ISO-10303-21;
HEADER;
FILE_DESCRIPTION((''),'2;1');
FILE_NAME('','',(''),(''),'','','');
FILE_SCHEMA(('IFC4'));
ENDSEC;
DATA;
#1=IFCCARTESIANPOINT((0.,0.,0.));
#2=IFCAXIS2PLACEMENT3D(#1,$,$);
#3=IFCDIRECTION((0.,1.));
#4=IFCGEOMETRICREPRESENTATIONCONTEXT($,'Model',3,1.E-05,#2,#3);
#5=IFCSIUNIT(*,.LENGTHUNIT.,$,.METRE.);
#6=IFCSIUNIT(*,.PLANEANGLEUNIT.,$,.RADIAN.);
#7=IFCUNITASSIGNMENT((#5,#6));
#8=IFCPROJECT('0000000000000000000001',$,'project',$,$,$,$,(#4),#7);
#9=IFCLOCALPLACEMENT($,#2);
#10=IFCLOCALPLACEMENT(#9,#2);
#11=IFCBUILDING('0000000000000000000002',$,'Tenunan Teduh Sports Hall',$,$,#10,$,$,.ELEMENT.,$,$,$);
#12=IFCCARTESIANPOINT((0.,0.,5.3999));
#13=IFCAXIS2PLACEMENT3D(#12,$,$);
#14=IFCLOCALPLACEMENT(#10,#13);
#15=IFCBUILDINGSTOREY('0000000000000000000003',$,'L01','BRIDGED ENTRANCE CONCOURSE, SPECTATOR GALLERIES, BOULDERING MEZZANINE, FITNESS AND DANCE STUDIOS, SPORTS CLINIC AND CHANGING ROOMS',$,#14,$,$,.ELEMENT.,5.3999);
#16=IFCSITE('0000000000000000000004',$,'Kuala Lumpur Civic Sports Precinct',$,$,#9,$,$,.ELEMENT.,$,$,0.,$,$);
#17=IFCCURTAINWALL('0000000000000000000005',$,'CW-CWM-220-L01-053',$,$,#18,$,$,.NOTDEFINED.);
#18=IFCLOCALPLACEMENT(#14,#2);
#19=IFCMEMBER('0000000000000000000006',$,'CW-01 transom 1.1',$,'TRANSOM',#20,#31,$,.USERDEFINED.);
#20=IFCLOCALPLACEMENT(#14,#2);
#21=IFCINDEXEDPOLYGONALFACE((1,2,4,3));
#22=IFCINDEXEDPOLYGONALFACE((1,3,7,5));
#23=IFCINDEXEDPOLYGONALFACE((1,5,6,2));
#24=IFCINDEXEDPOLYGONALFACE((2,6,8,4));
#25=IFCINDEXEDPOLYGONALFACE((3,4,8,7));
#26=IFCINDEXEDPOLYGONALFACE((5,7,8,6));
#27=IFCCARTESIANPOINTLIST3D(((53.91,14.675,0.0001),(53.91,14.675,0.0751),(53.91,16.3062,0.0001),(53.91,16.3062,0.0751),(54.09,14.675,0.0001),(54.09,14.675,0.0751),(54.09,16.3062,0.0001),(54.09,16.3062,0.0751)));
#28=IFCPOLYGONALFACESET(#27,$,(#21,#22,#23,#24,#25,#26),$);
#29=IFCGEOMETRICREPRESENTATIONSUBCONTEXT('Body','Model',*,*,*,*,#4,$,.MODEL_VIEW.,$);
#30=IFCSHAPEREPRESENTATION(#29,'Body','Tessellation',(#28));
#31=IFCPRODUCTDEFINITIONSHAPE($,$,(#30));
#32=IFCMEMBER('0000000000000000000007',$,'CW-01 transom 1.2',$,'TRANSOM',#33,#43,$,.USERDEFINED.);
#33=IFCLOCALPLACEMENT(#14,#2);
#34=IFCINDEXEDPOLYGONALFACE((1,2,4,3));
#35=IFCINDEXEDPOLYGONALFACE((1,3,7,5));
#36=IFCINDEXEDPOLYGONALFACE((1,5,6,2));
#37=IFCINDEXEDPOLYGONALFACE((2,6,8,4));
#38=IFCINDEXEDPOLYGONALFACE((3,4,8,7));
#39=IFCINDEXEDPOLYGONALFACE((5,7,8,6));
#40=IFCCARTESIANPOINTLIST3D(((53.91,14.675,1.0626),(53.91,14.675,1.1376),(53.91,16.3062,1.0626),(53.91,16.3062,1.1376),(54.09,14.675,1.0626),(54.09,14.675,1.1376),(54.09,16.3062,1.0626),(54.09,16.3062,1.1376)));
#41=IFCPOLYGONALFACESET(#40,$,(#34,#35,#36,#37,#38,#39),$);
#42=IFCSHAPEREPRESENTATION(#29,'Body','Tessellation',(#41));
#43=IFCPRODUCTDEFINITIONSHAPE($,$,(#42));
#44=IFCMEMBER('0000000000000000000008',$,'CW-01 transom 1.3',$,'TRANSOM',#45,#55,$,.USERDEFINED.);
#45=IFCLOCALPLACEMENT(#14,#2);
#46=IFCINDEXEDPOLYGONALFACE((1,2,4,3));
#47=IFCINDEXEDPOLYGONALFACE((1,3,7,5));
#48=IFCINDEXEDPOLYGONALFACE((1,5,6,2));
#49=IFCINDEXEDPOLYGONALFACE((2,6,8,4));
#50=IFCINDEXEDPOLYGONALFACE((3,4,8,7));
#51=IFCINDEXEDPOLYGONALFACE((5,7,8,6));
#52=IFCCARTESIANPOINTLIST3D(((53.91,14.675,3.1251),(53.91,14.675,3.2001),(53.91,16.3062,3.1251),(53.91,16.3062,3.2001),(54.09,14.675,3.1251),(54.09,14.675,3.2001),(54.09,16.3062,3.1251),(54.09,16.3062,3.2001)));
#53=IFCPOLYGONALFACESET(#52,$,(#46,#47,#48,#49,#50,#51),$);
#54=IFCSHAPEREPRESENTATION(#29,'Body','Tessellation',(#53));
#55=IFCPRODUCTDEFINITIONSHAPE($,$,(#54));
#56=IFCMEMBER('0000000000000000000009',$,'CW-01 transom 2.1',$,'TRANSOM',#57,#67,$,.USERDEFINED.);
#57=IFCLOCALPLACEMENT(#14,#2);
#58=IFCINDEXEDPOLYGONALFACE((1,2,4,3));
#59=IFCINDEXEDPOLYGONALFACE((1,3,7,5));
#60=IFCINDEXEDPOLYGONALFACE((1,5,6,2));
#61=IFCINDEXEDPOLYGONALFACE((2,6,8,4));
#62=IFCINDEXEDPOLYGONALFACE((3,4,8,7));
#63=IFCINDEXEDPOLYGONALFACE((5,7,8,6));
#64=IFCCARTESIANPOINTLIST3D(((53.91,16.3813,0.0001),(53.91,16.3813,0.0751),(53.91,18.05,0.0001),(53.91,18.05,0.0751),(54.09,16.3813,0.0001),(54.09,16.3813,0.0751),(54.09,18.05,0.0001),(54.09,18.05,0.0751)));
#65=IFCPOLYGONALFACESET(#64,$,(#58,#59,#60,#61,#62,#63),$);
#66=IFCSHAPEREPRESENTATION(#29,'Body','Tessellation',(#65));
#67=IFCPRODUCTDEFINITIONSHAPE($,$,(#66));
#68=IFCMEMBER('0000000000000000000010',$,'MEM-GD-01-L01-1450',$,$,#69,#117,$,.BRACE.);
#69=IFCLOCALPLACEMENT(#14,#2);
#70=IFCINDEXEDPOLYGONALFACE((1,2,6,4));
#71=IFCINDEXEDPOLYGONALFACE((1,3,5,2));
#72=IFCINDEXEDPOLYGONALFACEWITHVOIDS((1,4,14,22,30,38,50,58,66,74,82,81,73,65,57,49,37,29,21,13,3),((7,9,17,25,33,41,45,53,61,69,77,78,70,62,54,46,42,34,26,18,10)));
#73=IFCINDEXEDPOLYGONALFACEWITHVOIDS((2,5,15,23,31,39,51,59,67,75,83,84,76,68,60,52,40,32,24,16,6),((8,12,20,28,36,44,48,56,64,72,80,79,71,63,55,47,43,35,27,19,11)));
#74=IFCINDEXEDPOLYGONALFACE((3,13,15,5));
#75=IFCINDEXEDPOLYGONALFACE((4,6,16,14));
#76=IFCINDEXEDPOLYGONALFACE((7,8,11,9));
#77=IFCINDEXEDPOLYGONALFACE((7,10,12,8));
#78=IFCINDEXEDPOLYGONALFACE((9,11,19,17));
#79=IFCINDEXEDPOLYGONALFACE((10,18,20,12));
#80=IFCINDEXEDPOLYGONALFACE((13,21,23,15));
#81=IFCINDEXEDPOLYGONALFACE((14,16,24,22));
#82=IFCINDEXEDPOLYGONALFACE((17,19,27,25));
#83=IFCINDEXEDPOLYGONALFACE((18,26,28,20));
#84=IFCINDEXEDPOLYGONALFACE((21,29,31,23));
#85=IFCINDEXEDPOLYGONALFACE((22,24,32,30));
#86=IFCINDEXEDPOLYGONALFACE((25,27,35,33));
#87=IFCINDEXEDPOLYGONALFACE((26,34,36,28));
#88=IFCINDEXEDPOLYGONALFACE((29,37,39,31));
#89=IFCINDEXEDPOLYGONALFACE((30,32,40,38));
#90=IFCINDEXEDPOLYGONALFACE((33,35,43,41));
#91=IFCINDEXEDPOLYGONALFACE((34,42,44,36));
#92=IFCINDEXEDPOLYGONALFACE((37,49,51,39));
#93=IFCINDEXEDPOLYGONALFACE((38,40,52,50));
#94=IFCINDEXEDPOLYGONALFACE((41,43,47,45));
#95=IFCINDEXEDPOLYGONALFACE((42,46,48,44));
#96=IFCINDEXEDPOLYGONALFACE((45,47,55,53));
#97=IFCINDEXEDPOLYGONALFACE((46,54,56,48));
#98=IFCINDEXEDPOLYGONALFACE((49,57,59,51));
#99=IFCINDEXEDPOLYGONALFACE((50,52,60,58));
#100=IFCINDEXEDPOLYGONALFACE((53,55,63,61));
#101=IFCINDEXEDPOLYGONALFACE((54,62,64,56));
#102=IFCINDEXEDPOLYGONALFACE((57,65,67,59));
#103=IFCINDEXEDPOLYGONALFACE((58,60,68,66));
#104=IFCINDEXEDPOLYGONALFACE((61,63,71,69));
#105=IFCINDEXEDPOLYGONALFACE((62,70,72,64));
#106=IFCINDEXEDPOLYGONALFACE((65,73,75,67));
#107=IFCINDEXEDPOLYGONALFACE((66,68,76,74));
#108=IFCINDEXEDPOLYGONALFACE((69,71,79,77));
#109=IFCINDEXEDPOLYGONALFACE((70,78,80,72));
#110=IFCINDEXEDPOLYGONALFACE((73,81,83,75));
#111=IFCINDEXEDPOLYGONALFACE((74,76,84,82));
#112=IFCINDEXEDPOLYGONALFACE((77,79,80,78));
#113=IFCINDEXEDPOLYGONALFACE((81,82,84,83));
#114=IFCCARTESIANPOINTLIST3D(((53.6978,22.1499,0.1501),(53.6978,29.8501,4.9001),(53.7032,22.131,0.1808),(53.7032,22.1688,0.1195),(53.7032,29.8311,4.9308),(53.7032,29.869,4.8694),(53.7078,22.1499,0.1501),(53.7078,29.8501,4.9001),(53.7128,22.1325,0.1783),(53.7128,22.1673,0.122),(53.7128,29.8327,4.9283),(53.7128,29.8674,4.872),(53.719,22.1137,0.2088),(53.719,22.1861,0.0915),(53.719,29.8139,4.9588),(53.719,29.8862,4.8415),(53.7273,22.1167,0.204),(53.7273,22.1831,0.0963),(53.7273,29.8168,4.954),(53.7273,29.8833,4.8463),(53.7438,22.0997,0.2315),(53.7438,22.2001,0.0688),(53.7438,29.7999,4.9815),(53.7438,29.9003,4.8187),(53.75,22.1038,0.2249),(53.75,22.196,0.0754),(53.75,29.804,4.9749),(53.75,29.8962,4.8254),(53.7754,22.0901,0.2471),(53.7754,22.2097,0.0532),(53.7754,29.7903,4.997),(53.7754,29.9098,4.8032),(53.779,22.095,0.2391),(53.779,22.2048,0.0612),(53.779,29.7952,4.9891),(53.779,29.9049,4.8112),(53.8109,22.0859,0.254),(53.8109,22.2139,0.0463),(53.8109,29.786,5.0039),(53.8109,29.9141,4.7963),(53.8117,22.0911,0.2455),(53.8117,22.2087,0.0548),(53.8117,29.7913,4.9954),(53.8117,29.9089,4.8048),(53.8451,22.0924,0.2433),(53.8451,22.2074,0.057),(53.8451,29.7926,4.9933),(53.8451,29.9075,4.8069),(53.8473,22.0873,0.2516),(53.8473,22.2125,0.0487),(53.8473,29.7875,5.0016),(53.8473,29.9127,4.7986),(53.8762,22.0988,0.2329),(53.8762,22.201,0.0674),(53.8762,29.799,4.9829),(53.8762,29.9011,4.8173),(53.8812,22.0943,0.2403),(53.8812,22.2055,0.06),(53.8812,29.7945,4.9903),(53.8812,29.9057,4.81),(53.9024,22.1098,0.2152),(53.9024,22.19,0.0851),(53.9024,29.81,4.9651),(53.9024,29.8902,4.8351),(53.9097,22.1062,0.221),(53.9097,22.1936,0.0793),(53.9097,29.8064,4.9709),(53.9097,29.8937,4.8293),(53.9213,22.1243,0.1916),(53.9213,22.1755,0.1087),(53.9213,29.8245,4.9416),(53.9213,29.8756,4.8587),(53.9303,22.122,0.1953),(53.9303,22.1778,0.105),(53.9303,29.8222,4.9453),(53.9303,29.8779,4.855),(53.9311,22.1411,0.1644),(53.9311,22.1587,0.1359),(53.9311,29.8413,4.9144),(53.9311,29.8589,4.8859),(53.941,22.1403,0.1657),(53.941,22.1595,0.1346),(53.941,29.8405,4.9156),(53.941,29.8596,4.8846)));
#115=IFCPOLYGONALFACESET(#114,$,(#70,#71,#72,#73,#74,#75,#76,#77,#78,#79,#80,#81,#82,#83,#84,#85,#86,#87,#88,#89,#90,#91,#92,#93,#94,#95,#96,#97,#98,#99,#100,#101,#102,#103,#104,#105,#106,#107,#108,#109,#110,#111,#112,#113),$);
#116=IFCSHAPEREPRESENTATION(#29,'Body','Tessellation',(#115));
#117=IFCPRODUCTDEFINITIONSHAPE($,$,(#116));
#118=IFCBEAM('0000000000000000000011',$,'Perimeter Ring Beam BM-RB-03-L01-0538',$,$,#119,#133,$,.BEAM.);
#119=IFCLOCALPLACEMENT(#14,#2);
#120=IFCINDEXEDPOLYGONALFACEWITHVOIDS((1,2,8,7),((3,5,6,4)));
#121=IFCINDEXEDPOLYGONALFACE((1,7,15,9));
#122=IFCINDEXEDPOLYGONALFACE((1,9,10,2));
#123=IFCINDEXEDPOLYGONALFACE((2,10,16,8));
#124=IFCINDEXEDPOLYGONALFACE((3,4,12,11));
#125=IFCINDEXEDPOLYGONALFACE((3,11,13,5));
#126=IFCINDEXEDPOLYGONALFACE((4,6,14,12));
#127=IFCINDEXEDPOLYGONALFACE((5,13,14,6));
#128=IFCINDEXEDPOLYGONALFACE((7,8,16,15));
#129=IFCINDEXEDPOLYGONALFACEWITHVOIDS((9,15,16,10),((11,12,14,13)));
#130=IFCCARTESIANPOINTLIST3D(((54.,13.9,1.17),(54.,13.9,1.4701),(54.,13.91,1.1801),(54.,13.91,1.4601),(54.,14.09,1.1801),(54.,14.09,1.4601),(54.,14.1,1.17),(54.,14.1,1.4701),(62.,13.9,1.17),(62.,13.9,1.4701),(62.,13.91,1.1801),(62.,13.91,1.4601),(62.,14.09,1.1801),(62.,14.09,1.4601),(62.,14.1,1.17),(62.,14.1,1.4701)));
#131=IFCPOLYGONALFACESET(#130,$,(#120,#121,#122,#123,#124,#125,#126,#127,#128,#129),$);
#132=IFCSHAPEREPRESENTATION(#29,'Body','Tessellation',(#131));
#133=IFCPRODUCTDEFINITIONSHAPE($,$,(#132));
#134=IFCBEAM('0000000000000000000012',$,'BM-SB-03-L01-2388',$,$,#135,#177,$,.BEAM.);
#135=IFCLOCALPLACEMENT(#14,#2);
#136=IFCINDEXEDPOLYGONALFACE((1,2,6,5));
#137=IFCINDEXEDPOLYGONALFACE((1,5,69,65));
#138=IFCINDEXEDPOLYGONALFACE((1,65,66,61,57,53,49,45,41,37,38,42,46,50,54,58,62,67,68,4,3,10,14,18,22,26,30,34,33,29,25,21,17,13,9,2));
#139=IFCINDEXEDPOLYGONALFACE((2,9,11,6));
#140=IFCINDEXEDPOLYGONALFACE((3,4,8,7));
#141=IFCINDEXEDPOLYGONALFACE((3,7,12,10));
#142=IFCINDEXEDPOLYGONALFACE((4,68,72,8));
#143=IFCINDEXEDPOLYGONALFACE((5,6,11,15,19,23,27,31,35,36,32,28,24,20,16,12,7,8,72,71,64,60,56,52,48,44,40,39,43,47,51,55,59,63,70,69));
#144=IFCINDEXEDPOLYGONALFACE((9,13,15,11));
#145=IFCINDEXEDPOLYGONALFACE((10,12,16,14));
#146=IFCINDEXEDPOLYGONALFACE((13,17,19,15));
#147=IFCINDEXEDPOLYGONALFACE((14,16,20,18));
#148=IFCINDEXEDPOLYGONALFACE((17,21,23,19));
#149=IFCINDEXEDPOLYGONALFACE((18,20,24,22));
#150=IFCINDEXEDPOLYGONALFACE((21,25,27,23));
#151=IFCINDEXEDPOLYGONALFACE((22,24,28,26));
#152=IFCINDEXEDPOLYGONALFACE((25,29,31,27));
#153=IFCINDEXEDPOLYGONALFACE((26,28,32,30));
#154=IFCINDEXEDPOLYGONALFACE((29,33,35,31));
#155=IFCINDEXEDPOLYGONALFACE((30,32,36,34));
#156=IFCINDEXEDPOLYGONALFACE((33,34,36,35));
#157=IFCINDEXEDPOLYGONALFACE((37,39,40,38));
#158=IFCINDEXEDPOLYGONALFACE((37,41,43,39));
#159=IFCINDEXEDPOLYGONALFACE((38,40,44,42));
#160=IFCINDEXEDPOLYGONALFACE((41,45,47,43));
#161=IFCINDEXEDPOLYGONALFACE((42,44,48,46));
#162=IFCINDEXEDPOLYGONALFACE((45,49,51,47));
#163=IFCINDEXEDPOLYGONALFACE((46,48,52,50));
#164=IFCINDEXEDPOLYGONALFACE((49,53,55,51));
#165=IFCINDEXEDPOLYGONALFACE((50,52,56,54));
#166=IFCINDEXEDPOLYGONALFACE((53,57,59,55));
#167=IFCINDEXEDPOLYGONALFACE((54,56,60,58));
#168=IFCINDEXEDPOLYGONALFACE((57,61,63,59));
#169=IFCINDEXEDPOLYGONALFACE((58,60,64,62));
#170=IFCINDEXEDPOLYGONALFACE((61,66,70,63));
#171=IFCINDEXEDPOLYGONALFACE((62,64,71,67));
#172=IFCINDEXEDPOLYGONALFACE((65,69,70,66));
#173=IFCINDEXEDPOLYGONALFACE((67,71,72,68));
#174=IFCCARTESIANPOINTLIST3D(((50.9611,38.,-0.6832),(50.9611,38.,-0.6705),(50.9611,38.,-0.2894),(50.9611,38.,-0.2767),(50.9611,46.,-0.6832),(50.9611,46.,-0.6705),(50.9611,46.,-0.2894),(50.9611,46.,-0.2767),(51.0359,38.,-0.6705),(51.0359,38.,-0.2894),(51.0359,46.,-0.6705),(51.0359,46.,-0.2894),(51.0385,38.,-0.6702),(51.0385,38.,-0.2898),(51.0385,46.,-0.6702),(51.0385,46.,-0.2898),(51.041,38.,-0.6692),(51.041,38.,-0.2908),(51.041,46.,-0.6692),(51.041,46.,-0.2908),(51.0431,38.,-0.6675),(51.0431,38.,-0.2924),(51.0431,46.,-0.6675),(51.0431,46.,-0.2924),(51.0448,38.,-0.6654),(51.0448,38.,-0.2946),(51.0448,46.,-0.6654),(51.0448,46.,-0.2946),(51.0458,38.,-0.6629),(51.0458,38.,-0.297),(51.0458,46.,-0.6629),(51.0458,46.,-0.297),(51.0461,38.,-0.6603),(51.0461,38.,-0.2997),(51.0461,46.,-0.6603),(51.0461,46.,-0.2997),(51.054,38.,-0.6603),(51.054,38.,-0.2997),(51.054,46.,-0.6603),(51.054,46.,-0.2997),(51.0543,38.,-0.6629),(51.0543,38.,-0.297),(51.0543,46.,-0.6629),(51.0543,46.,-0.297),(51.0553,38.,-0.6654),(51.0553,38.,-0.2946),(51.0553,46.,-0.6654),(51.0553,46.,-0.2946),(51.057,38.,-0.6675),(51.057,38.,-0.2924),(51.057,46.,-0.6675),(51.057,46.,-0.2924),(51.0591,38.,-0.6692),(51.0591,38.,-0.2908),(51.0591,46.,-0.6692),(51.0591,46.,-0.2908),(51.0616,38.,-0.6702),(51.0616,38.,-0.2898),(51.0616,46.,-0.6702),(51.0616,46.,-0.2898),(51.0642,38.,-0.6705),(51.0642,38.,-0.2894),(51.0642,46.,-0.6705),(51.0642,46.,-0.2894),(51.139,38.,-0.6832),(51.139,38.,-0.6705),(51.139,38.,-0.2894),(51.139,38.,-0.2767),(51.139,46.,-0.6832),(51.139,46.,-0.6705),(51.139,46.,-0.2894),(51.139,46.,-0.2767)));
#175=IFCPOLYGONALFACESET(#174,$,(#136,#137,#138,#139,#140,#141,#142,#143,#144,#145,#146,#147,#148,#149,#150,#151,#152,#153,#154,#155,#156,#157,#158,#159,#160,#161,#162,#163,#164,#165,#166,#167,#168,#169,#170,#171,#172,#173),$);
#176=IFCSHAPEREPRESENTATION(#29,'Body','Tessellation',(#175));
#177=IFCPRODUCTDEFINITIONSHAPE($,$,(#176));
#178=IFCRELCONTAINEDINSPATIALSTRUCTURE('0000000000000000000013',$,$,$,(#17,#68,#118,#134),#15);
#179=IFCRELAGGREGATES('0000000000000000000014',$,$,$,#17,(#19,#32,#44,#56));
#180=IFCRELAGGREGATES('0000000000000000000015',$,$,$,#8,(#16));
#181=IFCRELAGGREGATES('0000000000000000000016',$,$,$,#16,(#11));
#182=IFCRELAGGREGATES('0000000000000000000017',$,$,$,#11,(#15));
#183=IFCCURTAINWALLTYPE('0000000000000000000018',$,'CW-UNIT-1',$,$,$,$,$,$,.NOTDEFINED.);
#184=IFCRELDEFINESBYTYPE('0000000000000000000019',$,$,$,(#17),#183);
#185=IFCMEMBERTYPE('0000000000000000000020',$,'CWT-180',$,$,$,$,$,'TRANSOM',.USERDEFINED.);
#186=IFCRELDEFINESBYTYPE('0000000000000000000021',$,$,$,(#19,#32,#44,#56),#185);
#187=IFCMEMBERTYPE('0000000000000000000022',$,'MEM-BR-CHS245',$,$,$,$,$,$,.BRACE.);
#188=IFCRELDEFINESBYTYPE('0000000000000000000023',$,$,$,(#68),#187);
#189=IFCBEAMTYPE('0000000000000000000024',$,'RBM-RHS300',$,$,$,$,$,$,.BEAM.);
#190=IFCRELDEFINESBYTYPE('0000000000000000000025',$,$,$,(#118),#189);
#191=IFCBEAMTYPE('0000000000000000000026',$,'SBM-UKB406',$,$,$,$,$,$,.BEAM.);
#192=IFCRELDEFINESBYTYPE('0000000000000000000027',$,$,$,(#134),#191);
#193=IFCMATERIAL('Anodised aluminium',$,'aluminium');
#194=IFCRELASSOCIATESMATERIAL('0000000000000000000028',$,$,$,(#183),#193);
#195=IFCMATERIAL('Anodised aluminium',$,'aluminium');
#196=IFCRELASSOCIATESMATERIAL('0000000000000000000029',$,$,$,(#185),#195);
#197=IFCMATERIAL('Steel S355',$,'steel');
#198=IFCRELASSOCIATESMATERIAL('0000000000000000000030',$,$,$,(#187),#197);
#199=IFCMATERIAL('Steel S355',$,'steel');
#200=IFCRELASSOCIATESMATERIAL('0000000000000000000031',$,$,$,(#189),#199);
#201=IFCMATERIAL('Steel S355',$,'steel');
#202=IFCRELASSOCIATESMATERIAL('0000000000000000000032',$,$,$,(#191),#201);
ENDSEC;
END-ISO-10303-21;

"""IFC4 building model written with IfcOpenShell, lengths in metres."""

from ifc_helpers import new_model, si_unit, direction, frame, origin, origin_2d, place, context, subcontext, project, spatial, rectangle, hollow_rectangle, hollow_circle, i_section, extrude, material, material_profile, profile_set, type_object, element, aggregate, save


model = new_model("IFC4")

# Units and contexts
model_context = context("Model", 3, precision=1e-05, world=origin(), true_north=direction((0.0, 1.0)))
body_context = subcontext(model_context, "Body", "Model", "MODEL_VIEW")
ifc_project = project(units=[si_unit("LENGTHUNIT", "METRE"), si_unit("PLANEANGLEUNIT", "RADIAN")], contexts=[model_context])

# Site, building, storey
site_placement = place(None, origin())
site = spatial("IfcSite", under=ifc_project, at=site_placement, Name="Kuala Lumpur Civic Sports Precinct", CompositionType="ELEMENT", RefElevation=0.0)
building_placement = place(site_placement, origin())
building = spatial("IfcBuilding", under=site, at=building_placement, Name="Tenunan Teduh Sports Hall", CompositionType="ELEMENT")
storey_placement = place(building_placement, frame((0.0, 0.0, 5.3999)))
storey = spatial("IfcBuildingStorey", under=building, at=storey_placement, Name="L01", Description="BRIDGED ENTRANCE CONCOURSE, SPECTATOR GALLERIES, BOULDERING MEZZANINE, FITNESS AND DANCE STUDIOS, SPORTS CLINIC AND CHANGING ROOMS", CompositionType="ELEMENT", Elevation=5.3999)

# Curtain wall
ifc_material_1 = material(Name="Anodised aluminium", Category="aluminium")
curtain_wall_type = type_object("IfcCurtainWallType", Name="CW-UNIT-1", PredefinedType="NOTDEFINED", material=ifc_material_1)
curtain_wall_1_placement = place(storey_placement, origin())
curtain_wall_1 = element("IfcCurtainWall", 1, at=curtain_wall_1_placement, inside=storey, type_object=curtain_wall_type, Name="CW-CWM-220-L01-053", PredefinedType="NOTDEFINED")

# Members
ifc_material_2 = material(Name="Anodised aluminium", Category="aluminium")
ifc_material_profile_1 = material_profile(ifc_material_2, rectangle(XDim=0.075, YDim=0.1799, at=origin_2d()), Name="CWT 75x180")
ifc_profile_set_1 = profile_set([ifc_material_profile_1], Name="Anodised aluminium")
member_type_1 = type_object("IfcMemberType", Name="CWT-180", ElementType="TRANSOM", PredefinedType="USERDEFINED", material=ifc_profile_set_1)
member_1_placement = place(storey_placement, frame((54.0, 14.675, 0.0376), z_axis=(0.0, 1.0, 0.0), x_axis=(0.0, 0.0, 1.0)))
member_1 = element("IfcMember", 2, at=member_1_placement, type_object=member_type_1, Name="CW-01 transom 1.1", ObjectType="TRANSOM", PredefinedType="USERDEFINED", context=body_context, shape_type="SweptSolid", body=[
    extrude(rectangle(XDim=0.075, YDim=0.1799, at=origin_2d()), origin(), (0.0, 0.0, 1.0), 1.6311),
])
member_2_placement = place(storey_placement, frame((54.0, 14.675, 1.1001), z_axis=(0.0, 1.0, 0.0), x_axis=(0.0, 0.0, 1.0)))
member_2 = element("IfcMember", 3, at=member_2_placement, type_object=member_type_1, Name="CW-01 transom 1.2", ObjectType="TRANSOM", PredefinedType="USERDEFINED", context=body_context, shape_type="SweptSolid", body=[
    extrude(rectangle(XDim=0.075, YDim=0.1799, at=origin_2d()), origin(), (0.0, 0.0, 1.0), 1.6311),
])
member_3_placement = place(storey_placement, frame((54.0, 14.675, 3.1626), z_axis=(0.0, 1.0, 0.0), x_axis=(0.0, 0.0, 1.0)))
member_3 = element("IfcMember", 4, at=member_3_placement, type_object=member_type_1, Name="CW-01 transom 1.3", ObjectType="TRANSOM", PredefinedType="USERDEFINED", context=body_context, shape_type="SweptSolid", body=[
    extrude(rectangle(XDim=0.075, YDim=0.1799, at=origin_2d()), origin(), (0.0, 0.0, 1.0), 1.6311),
])
member_4_placement = place(storey_placement, frame((54.0, 16.3813, 0.0376), z_axis=(0.0, 1.0, 0.0), x_axis=(0.0, 0.0, 1.0)))
member_4 = element("IfcMember", 5, at=member_4_placement, type_object=member_type_1, Name="CW-01 transom 2.1", ObjectType="TRANSOM", PredefinedType="USERDEFINED", context=body_context, shape_type="SweptSolid", body=[
    extrude(rectangle(XDim=0.075, YDim=0.1799, at=origin_2d()), origin(), (0.0, 0.0, 1.0), 1.6687),
])
ifc_material_3 = material(Name="Steel S355", Category="steel")
ifc_material_profile_2 = material_profile(ifc_material_3, hollow_circle(Radius=0.1223, WallThickness=0.01, at=origin_2d()), Name="CHS 244.5x10.0")
ifc_profile_set_2 = profile_set([ifc_material_profile_2], Name="Steel S355")
member_type_2 = type_object("IfcMemberType", Name="MEM-BR-CHS245", PredefinedType="BRACE", material=ifc_profile_set_2)
member_5_placement = place(storey_placement, frame((53.8201, 22.1499, 0.1501), z_axis=(0.0, 0.851095, 0.525013), x_axis=(-1.0, 0.0, 0.0)))
element("IfcMember", 6, at=member_5_placement, inside=storey, type_object=member_type_2, Name="MEM-GD-01-L01-1450", PredefinedType="BRACE", context=body_context, shape_type="SweptSolid", body=[
    extrude(hollow_circle(Radius=0.1223, WallThickness=0.01, at=origin_2d()), origin(), (0.0, 0.0, 1.0), 9.0474),
])

# Beams
ifc_material_4 = material(Name="Steel S355", Category="steel")
ifc_material_profile_3 = material_profile(ifc_material_4, hollow_rectangle(XDim=0.2, YDim=0.3, WallThickness=0.01, at=origin_2d()), Name="RHS 300x200x10.0")
ifc_profile_set_3 = profile_set([ifc_material_profile_3], Name="Steel S355")
beam_type_1 = type_object("IfcBeamType", Name="RBM-RHS300", PredefinedType="BEAM", material=ifc_profile_set_3)
beam_1_placement = place(storey_placement, frame((54.0, 14.0, 1.3201), z_axis=(1.0, 0.0, 0.0), x_axis=(0.0, 1.0, 0.0)))
element("IfcBeam", 7, at=beam_1_placement, inside=storey, type_object=beam_type_1, Name="Perimeter Ring Beam BM-RB-03-L01-0538", PredefinedType="BEAM", context=body_context, shape_type="SweptSolid", body=[
    extrude(hollow_rectangle(XDim=0.2, YDim=0.3, WallThickness=0.01, at=origin_2d()), origin(), (0.0, 0.0, 1.0), 8.0),
])
ifc_material_5 = material(Name="Steel S355", Category="steel")
ifc_material_profile_4 = material_profile(ifc_material_5, i_section(OverallWidth=0.178, OverallDepth=0.4065, WebThickness=0.0078, FlangeThickness=0.0127, FilletRadius=0.0103, at=origin_2d()), Name="UKB 406x178x60")
ifc_profile_set_4 = profile_set([ifc_material_profile_4], Name="Steel S355")
beam_type_2 = type_object("IfcBeamType", Name="SBM-UKB406", PredefinedType="BEAM", material=ifc_profile_set_4)
beam_2_placement = place(storey_placement, frame((51.05, 38.0, -0.48), z_axis=(0.0, 1.0, 0.0), x_axis=(-1.0, 0.0, 0.0)))
element("IfcBeam", 8, at=beam_2_placement, inside=storey, type_object=beam_type_2, Name="BM-SB-03-L01-2388", PredefinedType="BEAM", context=body_context, shape_type="SweptSolid", body=[
    extrude(i_section(OverallWidth=0.178, OverallDepth=0.4065, WebThickness=0.0078, FlangeThickness=0.0127, FilletRadius=0.0103, at=origin_2d()), origin(), (0.0, 0.0, 1.0), 8.0),
])

aggregate(curtain_wall_1, [member_1, member_2, member_3, member_4])

save(model, "model.ifc")
